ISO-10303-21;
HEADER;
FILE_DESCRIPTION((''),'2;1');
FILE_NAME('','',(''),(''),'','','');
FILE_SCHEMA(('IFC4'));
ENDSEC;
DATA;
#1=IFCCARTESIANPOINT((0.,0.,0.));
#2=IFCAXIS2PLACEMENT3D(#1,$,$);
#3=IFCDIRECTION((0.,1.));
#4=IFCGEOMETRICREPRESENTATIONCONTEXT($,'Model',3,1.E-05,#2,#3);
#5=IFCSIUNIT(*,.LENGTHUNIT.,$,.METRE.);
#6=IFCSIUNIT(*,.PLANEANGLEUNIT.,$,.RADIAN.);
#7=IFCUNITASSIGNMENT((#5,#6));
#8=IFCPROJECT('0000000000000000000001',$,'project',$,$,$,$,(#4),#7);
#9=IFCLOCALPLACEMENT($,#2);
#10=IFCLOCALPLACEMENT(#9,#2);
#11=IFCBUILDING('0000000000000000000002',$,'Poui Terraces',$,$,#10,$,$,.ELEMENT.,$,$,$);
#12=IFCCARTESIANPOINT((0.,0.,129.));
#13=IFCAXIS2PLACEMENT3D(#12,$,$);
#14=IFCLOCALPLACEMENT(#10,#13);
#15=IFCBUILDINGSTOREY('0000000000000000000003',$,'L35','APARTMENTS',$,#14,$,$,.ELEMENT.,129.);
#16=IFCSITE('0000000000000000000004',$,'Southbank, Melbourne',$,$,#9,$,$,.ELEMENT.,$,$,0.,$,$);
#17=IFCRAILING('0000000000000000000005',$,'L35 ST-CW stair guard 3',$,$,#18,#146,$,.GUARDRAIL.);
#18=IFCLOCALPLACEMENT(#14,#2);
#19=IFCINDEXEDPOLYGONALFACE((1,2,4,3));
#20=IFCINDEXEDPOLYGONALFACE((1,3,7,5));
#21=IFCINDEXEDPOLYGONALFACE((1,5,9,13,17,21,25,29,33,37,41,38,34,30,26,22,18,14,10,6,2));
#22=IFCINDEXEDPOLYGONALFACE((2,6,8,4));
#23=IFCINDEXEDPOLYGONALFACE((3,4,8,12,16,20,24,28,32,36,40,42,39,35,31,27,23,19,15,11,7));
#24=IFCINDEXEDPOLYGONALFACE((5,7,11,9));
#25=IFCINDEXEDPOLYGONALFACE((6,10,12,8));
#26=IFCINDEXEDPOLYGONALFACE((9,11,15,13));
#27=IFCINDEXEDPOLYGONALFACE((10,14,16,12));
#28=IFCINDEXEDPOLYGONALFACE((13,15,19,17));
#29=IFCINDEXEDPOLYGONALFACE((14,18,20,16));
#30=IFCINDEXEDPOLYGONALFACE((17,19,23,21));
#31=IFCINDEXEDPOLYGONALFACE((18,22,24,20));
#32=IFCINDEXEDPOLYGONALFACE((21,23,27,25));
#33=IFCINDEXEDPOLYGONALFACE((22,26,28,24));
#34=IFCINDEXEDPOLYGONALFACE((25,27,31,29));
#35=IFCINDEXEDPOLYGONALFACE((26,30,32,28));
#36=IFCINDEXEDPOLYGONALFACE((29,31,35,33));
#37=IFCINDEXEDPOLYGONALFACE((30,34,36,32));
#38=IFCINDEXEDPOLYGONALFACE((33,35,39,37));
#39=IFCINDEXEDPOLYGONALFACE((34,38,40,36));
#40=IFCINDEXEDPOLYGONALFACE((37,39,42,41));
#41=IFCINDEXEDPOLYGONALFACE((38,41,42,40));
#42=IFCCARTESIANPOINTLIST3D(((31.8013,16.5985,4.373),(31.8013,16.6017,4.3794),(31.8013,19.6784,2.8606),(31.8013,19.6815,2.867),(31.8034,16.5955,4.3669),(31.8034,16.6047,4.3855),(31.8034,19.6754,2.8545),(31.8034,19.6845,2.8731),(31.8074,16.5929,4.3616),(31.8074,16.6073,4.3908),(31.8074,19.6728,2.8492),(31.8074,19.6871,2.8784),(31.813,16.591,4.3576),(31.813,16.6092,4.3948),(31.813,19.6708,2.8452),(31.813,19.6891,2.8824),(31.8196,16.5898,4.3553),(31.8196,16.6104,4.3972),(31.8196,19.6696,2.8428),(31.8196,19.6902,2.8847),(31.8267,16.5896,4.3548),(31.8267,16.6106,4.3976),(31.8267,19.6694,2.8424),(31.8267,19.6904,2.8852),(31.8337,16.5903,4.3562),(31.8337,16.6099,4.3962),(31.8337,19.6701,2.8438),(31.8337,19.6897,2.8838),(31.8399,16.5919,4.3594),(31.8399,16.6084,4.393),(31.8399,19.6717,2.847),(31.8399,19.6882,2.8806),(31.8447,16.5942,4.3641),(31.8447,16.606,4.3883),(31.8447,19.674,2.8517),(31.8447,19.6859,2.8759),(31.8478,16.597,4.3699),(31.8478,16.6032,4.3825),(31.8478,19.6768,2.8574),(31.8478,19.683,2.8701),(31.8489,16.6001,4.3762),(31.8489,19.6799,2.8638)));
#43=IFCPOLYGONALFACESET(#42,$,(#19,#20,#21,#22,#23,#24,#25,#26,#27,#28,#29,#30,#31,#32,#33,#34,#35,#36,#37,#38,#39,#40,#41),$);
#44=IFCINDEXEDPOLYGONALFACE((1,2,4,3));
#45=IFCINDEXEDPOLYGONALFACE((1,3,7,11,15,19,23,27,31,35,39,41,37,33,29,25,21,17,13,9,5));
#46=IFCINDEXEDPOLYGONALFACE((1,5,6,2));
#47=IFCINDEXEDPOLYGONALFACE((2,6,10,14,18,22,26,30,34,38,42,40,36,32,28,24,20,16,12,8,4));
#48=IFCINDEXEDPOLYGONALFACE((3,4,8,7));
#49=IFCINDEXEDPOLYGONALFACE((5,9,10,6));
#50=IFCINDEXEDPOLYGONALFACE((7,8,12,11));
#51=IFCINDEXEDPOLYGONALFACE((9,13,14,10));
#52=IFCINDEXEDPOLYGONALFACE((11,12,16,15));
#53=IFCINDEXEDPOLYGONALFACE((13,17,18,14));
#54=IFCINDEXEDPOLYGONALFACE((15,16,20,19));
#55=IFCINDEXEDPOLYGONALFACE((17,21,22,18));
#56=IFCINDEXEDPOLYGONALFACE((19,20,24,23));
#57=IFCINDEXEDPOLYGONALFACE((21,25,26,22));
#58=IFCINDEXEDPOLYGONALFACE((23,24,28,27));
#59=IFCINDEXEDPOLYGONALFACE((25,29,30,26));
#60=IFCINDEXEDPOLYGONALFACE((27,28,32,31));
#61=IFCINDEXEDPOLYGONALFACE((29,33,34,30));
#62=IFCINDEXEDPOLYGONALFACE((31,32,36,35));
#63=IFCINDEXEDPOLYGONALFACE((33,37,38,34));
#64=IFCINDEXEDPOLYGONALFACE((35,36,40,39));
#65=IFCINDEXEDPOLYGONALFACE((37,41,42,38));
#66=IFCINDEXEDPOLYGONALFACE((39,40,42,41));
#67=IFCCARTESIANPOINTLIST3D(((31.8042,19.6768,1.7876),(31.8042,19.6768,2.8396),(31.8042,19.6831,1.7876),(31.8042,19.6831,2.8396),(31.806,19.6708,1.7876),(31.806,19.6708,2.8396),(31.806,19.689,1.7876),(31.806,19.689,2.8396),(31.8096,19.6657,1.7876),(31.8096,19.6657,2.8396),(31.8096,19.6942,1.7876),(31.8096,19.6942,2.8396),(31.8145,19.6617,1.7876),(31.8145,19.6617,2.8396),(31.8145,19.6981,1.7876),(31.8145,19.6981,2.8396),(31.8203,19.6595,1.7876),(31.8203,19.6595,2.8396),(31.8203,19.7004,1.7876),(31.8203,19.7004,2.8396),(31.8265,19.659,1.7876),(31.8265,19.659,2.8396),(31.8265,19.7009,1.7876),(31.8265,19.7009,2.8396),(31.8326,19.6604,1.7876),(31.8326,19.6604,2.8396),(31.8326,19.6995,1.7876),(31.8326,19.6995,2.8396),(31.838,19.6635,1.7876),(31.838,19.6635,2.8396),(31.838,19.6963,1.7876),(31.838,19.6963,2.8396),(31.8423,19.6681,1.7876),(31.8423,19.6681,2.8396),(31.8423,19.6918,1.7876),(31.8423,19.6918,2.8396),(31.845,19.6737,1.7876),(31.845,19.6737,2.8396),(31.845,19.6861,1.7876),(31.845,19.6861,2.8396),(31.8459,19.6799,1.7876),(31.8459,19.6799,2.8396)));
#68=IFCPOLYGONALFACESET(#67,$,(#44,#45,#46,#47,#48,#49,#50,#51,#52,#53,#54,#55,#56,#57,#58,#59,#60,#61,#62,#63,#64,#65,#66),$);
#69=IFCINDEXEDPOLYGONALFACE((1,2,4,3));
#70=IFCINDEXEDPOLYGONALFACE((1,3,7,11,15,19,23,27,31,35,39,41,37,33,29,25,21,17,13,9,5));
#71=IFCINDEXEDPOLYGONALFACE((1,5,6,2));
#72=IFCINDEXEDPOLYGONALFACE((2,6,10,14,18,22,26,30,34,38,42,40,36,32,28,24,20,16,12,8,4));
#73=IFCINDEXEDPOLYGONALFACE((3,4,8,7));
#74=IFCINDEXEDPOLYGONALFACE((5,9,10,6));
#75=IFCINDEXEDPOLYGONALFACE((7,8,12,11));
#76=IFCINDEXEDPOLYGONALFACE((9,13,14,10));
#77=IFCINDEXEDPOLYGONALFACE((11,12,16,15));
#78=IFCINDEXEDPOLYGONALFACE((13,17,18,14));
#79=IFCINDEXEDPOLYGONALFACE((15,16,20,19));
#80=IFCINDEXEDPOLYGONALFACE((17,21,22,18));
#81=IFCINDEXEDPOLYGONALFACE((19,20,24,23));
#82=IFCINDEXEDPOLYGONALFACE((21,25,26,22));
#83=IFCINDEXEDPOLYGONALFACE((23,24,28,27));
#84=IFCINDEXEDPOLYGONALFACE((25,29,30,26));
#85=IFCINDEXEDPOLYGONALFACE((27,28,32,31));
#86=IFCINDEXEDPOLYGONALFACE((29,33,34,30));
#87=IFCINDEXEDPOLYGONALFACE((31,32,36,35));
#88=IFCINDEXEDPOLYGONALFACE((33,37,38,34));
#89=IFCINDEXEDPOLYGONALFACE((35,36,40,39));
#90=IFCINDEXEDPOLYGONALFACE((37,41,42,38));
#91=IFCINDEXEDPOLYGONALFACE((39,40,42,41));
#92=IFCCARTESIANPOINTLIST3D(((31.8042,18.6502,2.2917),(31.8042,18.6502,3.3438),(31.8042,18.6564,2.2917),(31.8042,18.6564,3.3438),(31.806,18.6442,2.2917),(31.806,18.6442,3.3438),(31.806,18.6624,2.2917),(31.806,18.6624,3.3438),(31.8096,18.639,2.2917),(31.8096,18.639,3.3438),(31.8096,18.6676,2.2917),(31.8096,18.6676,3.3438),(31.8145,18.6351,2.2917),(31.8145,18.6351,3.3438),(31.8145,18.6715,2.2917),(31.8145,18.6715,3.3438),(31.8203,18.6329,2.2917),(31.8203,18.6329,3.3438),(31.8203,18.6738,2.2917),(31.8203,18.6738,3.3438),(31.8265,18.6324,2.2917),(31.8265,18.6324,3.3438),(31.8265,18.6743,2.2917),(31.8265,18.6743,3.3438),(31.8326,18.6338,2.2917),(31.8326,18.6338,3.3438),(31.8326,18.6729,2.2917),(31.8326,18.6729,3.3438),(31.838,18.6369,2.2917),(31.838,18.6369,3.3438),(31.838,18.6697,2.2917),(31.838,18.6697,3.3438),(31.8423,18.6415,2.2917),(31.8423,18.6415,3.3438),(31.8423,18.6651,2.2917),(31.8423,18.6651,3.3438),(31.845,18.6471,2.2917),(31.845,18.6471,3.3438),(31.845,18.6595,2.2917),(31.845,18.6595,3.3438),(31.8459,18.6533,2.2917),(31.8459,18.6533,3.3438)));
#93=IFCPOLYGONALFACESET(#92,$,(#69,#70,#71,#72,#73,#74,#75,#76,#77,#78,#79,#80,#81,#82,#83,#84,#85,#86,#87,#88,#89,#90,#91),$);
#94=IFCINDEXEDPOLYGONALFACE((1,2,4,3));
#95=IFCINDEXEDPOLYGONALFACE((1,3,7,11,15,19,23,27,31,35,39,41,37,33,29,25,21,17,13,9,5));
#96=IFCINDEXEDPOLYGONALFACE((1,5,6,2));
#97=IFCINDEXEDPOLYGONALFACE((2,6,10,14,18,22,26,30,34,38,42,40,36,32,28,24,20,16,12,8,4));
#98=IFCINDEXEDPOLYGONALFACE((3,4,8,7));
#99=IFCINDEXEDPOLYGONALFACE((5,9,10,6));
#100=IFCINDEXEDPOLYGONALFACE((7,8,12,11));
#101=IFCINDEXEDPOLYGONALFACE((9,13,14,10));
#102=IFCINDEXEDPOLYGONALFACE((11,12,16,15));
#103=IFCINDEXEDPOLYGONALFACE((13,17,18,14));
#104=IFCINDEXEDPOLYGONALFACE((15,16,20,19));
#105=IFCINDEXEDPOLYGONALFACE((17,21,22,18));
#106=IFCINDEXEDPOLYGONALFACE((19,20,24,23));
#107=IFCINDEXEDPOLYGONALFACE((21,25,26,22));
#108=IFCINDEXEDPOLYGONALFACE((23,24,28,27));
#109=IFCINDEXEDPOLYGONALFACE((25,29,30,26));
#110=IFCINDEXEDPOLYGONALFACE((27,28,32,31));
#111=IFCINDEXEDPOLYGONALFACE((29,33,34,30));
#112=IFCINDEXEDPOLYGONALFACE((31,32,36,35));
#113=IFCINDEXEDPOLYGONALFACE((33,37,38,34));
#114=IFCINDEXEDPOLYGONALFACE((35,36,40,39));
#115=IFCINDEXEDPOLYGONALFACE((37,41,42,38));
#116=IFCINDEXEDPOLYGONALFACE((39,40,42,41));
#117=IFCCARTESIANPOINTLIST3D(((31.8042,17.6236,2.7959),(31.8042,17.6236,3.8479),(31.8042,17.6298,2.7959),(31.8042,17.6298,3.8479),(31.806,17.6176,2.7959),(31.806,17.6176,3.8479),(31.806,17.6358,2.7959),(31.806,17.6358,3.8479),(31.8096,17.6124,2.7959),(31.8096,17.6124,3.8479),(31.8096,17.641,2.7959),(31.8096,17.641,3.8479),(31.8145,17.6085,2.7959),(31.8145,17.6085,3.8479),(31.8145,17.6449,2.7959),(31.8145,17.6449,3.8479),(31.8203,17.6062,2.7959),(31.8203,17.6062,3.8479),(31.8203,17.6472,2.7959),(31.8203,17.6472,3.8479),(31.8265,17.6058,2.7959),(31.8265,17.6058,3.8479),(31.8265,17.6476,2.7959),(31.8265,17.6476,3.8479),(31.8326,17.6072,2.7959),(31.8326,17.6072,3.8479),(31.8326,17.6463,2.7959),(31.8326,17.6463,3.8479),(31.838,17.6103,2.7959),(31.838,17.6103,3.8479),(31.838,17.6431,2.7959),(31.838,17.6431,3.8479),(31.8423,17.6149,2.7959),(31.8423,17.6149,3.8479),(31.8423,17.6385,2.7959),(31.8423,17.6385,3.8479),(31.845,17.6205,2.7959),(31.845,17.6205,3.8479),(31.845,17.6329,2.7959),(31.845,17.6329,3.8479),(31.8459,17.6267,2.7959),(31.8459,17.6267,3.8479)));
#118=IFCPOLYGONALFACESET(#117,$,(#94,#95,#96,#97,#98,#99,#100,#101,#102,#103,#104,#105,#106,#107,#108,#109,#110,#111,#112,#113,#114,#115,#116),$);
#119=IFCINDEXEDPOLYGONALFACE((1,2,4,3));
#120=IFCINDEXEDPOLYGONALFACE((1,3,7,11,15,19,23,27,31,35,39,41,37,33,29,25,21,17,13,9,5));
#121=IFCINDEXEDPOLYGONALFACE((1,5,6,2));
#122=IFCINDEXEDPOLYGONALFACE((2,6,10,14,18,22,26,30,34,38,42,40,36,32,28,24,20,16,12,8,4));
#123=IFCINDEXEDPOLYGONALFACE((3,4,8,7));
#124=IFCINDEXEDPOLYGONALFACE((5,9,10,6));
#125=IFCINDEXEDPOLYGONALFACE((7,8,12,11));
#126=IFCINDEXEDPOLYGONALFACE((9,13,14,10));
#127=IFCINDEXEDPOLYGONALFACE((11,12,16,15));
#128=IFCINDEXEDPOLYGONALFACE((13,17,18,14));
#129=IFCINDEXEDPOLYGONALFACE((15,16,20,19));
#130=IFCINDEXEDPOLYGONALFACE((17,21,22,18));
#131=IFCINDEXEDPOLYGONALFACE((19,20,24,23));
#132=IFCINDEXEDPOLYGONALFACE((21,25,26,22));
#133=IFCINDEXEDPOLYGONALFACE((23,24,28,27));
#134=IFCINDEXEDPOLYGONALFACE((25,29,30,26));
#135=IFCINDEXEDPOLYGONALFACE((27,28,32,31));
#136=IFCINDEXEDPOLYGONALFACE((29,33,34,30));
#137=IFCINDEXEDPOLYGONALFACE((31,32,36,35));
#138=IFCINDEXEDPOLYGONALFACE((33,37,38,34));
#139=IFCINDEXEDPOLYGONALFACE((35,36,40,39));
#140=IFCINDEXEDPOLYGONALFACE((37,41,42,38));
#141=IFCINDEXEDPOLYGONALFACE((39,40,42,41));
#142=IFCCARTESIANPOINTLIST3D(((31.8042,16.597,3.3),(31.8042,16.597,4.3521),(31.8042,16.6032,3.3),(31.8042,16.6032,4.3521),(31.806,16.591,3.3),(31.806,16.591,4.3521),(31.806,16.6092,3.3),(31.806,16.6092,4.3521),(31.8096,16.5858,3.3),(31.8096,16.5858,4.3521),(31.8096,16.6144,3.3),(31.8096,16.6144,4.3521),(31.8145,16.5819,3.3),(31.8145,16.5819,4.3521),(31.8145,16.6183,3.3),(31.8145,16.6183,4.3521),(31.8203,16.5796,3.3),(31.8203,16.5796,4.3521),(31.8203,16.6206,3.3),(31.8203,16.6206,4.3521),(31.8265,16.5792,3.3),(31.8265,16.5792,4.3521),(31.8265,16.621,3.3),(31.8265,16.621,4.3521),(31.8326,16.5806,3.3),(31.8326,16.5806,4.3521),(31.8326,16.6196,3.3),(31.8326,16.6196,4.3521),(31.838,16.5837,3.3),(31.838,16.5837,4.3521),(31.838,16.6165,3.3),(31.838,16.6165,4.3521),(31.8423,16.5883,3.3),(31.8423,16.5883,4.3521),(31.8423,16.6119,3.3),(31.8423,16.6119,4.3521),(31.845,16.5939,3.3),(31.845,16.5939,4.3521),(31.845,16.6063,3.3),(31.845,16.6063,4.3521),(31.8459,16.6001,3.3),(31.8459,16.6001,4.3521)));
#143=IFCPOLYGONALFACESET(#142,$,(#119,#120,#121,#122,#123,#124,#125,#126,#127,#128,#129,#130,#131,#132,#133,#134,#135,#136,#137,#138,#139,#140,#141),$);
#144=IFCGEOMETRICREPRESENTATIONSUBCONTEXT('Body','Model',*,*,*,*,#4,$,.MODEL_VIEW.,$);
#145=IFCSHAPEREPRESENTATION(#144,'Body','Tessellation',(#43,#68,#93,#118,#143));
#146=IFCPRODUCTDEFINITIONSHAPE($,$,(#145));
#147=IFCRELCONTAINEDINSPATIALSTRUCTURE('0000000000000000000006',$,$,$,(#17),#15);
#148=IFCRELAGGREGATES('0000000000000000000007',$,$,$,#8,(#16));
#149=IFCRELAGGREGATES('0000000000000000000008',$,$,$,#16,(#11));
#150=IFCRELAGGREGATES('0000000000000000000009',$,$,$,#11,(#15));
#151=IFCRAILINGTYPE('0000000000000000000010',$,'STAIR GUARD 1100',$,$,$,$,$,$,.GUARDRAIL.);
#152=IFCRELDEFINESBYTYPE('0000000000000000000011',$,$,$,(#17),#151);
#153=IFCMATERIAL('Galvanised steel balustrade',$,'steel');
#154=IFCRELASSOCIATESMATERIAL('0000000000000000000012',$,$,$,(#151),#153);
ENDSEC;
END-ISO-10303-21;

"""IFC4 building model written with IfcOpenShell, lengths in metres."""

from ifc_helpers import new_model, si_unit, direction, frame, origin, origin_2d, place, context, subcontext, project, spatial, circle, extrude, material, type_object, element, save


model = new_model("IFC4")

# Units and contexts
model_context = context("Model", 3, precision=1e-05, world=origin(), true_north=direction((0.0, 1.0)))
body_context = subcontext(model_context, "Body", "Model", "MODEL_VIEW")
ifc_project = project(units=[si_unit("LENGTHUNIT", "METRE"), si_unit("PLANEANGLEUNIT", "RADIAN")], contexts=[model_context])

# Site, building, storey
site_placement = place(None, origin())
site = spatial("IfcSite", under=ifc_project, at=site_placement, Name="Southbank, Melbourne", CompositionType="ELEMENT", RefElevation=0.0)
building_placement = place(site_placement, origin())
building = spatial("IfcBuilding", under=site, at=building_placement, Name="Poui Terraces", CompositionType="ELEMENT")
storey_placement = place(building_placement, frame((0.0, 0.0, 129.0)))
storey = spatial("IfcBuildingStorey", under=building, at=storey_placement, Name="L35", Description="APARTMENTS", CompositionType="ELEMENT", Elevation=129.0)

# Railing
ifc_material_1 = material(Name="Galvanised steel balustrade", Category="steel")
railing_type_1 = type_object("IfcRailingType", Name="STAIR GUARD 1100", PredefinedType="GUARDRAIL", material=ifc_material_1)
railing_1_placement = place(storey_placement, frame((31.825, 19.6799, 1.7876)))
element("IfcRailing", 1, at=railing_1_placement, inside=storey, type_object=railing_type_1, Name="L35 ST-CW stair guard 3", PredefinedType="GUARDRAIL", context=body_context, shape_type="SweptSolid", body=[
    extrude(circle(Radius=0.0239, at=origin_2d()), frame((0.0, 0.0, 1.0762), z_axis=(0.0, -0.897606, 0.440798), x_axis=(1.0, 0.0, 0.0)), (0.0, 0.0, 1.0), 3.4312),
    extrude(circle(Radius=0.021, at=origin_2d()), origin(), (0.0, 0.0, 1.0), 1.052),
    extrude(circle(Radius=0.021, at=origin_2d()), frame((0.0, -1.0266, 0.5042)), (0.0, 0.0, 1.0), 1.052),
    extrude(circle(Radius=0.021, at=origin_2d()), frame((0.0, -2.0532, 1.0083)), (0.0, 0.0, 1.0), 1.052),
    extrude(circle(Radius=0.021, at=origin_2d()), frame((0.0, -3.0798, 1.5125)), (0.0, 0.0, 1.0), 1.052),
])

save(model, "model.ifc")
